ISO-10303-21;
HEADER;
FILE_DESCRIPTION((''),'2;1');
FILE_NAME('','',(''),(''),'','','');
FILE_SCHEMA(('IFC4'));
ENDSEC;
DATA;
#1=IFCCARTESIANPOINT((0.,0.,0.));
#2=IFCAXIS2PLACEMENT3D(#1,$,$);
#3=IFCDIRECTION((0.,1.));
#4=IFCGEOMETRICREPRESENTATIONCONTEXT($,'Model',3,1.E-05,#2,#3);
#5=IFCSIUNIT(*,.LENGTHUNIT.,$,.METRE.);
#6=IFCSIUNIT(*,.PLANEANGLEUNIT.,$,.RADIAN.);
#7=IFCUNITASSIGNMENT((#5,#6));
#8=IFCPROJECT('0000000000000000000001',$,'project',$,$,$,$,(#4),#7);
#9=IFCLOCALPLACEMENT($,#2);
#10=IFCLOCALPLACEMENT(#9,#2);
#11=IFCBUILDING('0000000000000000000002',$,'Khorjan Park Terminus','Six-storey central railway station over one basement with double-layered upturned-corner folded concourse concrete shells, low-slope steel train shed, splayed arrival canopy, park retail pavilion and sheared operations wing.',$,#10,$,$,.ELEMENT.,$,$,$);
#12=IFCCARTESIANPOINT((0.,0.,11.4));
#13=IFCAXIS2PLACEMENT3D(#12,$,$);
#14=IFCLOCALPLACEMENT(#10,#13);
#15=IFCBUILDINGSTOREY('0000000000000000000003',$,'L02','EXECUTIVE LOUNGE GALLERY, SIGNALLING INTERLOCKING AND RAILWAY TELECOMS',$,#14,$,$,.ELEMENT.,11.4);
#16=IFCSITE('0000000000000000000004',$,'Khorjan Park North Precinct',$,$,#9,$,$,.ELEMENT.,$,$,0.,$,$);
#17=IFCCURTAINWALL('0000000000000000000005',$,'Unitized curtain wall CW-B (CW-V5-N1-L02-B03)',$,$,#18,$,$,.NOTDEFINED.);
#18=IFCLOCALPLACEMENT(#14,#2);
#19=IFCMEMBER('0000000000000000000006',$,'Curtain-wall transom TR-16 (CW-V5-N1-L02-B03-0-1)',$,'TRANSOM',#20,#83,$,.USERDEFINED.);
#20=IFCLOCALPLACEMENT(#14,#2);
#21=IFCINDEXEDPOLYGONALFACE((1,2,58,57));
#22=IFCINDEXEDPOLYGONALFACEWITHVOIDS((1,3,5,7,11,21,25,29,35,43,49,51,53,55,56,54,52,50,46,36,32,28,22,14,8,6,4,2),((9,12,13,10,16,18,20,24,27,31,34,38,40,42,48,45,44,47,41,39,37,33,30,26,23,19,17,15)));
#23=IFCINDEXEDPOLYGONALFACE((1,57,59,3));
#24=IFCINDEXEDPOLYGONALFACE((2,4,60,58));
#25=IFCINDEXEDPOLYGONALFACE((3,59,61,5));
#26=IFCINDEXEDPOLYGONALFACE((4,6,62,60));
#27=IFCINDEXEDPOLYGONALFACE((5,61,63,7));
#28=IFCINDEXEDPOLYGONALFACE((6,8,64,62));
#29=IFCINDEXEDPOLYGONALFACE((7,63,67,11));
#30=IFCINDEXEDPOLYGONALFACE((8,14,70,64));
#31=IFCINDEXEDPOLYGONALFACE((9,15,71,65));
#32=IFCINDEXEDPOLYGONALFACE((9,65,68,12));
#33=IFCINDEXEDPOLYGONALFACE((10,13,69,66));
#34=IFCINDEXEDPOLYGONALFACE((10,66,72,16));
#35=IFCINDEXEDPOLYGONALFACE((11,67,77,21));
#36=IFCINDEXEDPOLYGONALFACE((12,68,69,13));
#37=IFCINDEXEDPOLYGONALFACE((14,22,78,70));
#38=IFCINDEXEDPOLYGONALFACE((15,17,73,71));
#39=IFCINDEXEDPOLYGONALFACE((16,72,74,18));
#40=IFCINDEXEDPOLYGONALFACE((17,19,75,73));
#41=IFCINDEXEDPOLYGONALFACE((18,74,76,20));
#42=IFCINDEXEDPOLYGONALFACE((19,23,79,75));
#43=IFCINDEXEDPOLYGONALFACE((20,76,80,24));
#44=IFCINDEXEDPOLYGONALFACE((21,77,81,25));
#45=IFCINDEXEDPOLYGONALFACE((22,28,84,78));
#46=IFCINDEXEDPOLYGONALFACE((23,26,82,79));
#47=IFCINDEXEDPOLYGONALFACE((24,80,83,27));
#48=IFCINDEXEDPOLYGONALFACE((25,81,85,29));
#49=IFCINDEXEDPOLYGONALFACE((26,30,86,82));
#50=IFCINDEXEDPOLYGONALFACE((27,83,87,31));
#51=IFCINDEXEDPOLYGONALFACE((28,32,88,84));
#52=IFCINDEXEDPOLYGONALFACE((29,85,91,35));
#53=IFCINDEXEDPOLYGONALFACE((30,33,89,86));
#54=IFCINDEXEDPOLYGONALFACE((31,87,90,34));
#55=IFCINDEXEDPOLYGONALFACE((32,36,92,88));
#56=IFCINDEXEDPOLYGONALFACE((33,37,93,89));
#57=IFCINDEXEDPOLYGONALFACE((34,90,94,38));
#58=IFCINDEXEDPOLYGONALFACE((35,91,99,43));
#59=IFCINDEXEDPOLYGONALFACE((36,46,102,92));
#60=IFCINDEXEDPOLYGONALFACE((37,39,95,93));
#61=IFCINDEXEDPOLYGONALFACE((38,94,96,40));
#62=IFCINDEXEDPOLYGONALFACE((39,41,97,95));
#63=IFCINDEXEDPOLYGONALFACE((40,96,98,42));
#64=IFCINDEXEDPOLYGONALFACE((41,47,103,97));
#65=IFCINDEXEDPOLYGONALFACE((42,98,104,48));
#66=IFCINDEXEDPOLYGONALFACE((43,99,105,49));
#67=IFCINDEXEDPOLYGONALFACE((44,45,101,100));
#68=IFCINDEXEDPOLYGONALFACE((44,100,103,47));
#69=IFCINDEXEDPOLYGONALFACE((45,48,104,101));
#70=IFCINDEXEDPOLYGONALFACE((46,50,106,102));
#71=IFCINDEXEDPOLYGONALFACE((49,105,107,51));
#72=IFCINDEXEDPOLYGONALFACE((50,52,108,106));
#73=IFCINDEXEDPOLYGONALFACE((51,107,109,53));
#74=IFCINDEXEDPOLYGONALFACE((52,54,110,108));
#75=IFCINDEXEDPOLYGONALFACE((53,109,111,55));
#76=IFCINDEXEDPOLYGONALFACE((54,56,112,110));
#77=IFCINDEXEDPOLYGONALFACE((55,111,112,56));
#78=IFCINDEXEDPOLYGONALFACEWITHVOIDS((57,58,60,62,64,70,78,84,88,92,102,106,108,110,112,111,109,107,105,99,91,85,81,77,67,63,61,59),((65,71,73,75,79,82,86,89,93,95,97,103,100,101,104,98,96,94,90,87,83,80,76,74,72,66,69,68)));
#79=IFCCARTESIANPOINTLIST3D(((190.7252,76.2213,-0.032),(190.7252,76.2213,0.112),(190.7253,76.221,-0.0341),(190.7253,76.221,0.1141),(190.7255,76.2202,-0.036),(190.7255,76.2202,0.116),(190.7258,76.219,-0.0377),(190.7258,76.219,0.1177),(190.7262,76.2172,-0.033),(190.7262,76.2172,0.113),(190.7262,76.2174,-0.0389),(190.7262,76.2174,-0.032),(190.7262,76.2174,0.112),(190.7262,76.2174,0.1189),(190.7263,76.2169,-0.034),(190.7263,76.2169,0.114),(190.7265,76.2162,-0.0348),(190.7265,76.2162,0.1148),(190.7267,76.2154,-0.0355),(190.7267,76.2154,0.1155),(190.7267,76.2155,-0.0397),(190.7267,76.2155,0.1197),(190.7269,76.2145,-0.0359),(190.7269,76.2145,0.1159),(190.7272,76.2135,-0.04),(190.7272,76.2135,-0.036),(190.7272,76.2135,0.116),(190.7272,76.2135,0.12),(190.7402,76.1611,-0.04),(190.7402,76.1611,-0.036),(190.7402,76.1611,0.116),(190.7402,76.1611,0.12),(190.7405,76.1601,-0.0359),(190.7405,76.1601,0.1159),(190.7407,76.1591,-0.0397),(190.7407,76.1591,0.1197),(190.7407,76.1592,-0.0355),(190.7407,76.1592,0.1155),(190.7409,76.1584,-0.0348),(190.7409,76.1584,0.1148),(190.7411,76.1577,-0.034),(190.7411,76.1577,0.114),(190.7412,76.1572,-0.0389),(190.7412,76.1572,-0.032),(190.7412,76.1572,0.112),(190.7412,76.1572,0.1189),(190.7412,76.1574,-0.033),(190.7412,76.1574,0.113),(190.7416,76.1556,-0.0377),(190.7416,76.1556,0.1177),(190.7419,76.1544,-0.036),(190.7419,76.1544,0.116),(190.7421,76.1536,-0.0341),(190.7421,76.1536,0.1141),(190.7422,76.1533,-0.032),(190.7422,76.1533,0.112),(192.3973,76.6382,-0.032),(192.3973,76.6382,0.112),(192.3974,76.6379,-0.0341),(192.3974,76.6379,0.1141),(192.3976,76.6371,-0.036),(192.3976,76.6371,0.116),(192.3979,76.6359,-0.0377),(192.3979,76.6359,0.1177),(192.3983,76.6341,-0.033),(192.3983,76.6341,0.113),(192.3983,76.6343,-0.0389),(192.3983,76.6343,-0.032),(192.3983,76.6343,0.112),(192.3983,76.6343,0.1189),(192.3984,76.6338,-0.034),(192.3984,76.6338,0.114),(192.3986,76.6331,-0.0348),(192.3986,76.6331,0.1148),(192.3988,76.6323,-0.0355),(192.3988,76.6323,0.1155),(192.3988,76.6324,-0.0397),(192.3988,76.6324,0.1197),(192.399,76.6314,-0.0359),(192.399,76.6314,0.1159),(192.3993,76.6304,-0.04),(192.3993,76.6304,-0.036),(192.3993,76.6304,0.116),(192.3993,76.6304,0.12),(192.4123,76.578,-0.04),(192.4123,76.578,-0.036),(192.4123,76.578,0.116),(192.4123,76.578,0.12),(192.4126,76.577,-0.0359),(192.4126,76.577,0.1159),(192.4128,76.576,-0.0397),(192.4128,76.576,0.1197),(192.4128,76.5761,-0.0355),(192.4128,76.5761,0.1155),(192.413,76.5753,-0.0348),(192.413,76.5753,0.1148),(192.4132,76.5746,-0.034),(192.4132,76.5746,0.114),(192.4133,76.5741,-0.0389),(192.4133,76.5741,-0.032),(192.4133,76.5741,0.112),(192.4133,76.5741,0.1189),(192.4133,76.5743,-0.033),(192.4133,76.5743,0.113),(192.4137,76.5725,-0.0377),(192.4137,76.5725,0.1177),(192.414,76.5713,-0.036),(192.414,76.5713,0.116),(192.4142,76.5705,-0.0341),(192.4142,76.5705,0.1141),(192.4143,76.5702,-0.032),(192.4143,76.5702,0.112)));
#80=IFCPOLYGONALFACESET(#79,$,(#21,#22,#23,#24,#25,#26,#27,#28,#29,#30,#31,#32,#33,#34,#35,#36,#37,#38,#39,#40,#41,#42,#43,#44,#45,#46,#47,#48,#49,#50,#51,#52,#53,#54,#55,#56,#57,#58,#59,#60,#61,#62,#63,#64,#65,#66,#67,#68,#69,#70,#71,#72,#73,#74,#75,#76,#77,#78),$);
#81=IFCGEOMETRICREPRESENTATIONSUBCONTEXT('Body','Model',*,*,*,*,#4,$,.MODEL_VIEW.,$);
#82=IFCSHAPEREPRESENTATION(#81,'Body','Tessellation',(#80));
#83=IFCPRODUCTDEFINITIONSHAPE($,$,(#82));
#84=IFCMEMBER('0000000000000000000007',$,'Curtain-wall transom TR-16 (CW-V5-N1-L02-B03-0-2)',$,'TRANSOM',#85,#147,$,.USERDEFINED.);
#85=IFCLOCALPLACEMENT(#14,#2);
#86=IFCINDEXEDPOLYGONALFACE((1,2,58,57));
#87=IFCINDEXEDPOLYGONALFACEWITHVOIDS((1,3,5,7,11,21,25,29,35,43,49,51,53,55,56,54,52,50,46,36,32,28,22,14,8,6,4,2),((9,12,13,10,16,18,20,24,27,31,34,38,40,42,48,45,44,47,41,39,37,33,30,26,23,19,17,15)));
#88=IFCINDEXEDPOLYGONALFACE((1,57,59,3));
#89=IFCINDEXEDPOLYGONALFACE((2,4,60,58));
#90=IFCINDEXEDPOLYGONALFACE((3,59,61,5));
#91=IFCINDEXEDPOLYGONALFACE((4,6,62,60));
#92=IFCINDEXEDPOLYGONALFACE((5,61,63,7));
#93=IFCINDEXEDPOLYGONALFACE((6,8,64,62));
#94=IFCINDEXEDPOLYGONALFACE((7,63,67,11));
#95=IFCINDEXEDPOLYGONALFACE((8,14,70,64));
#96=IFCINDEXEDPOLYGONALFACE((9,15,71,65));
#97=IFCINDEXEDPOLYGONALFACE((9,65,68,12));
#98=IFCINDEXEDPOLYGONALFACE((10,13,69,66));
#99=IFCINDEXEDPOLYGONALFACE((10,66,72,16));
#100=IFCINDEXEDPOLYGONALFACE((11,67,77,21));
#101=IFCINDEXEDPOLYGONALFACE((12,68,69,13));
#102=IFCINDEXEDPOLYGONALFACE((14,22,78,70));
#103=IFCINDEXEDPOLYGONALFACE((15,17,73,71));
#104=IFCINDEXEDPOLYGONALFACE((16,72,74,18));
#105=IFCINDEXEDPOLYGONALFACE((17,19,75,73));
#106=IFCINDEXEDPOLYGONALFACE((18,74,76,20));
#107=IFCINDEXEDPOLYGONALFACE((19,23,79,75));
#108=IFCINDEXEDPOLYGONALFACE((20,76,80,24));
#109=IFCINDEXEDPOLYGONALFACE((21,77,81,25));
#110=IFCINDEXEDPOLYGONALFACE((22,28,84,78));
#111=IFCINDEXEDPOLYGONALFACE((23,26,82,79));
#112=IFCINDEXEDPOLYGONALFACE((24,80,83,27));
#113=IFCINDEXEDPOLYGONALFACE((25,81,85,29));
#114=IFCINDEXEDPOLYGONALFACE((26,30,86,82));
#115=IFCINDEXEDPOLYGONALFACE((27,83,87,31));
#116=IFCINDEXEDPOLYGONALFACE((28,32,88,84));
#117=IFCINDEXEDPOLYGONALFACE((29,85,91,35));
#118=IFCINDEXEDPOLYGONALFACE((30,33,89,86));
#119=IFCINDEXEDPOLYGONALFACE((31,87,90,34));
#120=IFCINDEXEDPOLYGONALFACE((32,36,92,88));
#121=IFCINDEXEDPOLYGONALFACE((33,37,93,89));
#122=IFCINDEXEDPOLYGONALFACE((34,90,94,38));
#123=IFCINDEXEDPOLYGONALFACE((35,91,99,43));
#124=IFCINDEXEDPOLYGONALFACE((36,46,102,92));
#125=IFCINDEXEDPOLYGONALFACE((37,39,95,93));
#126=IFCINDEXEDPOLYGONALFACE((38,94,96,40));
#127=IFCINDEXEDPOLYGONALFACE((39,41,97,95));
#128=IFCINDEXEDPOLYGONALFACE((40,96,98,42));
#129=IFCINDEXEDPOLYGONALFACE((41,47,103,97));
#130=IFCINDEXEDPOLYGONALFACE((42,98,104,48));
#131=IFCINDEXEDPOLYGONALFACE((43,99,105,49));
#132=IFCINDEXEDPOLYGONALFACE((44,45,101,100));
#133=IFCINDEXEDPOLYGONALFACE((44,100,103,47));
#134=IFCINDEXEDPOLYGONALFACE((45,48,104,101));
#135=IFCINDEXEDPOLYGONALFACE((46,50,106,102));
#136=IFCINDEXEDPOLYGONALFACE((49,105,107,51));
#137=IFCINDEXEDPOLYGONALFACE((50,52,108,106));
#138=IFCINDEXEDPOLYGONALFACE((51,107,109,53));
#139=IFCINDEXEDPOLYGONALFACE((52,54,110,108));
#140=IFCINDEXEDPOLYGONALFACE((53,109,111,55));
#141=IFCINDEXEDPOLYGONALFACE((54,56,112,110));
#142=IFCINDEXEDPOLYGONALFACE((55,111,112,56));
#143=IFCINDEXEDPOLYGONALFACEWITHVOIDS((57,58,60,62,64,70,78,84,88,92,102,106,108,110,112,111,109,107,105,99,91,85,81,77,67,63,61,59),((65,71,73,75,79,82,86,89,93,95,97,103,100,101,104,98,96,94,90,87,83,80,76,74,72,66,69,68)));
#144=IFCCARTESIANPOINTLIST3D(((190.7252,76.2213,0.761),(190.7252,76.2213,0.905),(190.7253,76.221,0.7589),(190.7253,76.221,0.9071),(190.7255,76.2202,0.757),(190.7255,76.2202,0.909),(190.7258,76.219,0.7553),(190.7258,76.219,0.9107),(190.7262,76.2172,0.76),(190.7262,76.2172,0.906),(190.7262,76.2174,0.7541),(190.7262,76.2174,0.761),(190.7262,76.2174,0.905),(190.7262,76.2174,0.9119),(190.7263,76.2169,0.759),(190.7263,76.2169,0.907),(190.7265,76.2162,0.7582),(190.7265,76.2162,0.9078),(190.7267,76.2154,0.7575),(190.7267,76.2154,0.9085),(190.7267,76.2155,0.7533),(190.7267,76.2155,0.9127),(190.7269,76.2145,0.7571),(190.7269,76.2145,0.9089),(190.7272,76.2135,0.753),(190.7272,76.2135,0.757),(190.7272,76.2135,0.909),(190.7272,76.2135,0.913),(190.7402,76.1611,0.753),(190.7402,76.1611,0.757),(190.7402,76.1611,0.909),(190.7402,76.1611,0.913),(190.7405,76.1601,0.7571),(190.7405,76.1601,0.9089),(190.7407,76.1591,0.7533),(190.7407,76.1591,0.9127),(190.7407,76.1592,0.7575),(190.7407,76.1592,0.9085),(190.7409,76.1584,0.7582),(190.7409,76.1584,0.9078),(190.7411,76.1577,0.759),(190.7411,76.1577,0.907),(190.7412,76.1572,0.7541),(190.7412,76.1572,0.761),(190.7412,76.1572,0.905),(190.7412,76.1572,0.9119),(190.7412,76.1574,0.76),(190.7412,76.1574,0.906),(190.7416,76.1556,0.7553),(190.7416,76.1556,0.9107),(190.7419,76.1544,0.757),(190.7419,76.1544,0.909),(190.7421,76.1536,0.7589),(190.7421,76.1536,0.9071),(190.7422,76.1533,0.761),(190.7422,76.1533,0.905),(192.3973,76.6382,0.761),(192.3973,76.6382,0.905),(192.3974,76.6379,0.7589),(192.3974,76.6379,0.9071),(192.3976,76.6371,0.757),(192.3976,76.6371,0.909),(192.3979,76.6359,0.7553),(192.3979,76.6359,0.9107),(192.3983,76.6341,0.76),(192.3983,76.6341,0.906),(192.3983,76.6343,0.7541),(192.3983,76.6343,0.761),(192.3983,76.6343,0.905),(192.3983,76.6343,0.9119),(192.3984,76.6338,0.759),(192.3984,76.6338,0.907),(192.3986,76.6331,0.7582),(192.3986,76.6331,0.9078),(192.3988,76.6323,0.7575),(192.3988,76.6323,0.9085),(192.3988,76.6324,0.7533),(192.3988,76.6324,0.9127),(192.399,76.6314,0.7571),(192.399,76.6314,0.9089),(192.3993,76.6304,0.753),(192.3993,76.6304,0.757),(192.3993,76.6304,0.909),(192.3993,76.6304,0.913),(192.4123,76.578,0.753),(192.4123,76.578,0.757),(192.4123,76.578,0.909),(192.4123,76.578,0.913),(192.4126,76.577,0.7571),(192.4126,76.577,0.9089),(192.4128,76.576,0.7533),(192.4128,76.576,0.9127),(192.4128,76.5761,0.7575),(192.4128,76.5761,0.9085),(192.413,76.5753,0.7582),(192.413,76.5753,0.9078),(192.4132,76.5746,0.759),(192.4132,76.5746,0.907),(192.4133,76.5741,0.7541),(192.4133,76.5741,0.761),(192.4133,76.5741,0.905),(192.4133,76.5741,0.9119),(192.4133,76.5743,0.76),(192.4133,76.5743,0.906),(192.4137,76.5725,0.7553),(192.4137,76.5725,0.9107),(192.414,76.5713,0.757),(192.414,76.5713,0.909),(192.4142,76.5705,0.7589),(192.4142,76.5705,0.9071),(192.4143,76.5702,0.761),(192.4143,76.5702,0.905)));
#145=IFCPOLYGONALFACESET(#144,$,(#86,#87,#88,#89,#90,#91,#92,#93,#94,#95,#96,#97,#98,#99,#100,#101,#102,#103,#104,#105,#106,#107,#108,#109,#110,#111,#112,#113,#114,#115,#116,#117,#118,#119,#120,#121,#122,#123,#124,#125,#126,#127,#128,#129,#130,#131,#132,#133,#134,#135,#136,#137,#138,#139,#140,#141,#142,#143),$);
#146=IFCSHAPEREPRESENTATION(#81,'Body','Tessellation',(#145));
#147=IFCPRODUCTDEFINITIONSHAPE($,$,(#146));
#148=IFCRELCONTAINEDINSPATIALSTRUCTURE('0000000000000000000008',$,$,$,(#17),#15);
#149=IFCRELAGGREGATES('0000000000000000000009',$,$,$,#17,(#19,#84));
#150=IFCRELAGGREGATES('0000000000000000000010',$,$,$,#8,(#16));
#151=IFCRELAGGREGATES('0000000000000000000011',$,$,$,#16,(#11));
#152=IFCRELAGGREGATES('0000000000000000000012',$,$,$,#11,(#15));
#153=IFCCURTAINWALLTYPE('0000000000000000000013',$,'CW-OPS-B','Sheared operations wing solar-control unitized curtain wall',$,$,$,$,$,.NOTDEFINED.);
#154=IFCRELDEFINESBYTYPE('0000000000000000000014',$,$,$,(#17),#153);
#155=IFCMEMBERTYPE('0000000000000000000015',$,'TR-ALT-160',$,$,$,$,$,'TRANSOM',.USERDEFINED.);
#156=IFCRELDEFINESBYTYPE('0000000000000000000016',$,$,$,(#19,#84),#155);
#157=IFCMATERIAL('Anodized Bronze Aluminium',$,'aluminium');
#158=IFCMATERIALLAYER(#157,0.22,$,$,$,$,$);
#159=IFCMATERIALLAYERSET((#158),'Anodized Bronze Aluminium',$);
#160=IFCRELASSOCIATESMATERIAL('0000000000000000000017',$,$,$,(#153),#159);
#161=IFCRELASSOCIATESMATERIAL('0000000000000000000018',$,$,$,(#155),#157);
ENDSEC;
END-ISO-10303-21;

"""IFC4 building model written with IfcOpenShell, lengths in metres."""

from ifc_helpers import new_model, si_unit, direction, frame, origin, origin_2d, place, context, subcontext, project, spatial, hollow_rectangle, extrude, material, layer, layer_set, material_profile, profile_set, type_object, element, aggregate, save


model = new_model("IFC4")

# Units and contexts
model_context = context("Model", 3, precision=1e-05, world=origin(), true_north=direction((0.0, 1.0)))
body_context = subcontext(model_context, "Body", "Model", "MODEL_VIEW")
ifc_project = project(units=[si_unit("LENGTHUNIT", "METRE"), si_unit("PLANEANGLEUNIT", "RADIAN")], contexts=[model_context])

# Site, building, storey
site_placement = place(None, origin())
site = spatial("IfcSite", under=ifc_project, at=site_placement, Name="Khorjan Park North Precinct", CompositionType="ELEMENT", RefElevation=0.0)
building_placement = place(site_placement, origin())
building = spatial("IfcBuilding", under=site, at=building_placement, Name="Khorjan Park Terminus", Description="Six-storey central railway station over one basement with double-layered upturned-corner folded concourse concrete shells, low-slope steel train shed, splayed arrival canopy, park retail pavilion and sheared operations wing.", CompositionType="ELEMENT")
storey_placement = place(building_placement, frame((0.0, 0.0, 11.4)))
storey = spatial("IfcBuildingStorey", under=building, at=storey_placement, Name="L02", Description="EXECUTIVE LOUNGE GALLERY, SIGNALLING INTERLOCKING AND RAILWAY TELECOMS", CompositionType="ELEMENT", Elevation=11.4)

# Curtain wall, members
ifc_material_1 = material(Name="Anodized Bronze Aluminium", Category="aluminium")
ifc_layer_1 = layer(ifc_material_1, 0.22)
ifc_layer_set_1 = layer_set([ifc_layer_1], Name="Anodized Bronze Aluminium")
curtain_wall_type = type_object("IfcCurtainWallType", Name="CW-OPS-B", Description="Sheared operations wing solar-control unitized curtain wall", PredefinedType="NOTDEFINED", material=ifc_layer_set_1)
curtain_wall_placement = place(storey_placement, origin())
curtain_wall = element("IfcCurtainWall", 1, at=curtain_wall_placement, inside=storey, type_object=curtain_wall_type, Name="Unitized curtain wall CW-B (CW-V5-N1-L02-B03)", PredefinedType="NOTDEFINED")
ifc_material_profile_1 = material_profile(ifc_material_1, hollow_rectangle(XDim=0.07, YDim=0.16, WallThickness=0.004, InnerFilletRadius=0.004, OuterFilletRadius=0.008, at=origin_2d()), Name="ALT 70x160x4")
ifc_profile_set_1 = profile_set([ifc_material_profile_1], Name="Anodized Bronze Aluminium")
member_type_1 = type_object("IfcMemberType", Name="TR-ALT-160", ElementType="TRANSOM", PredefinedType="USERDEFINED", material=ifc_profile_set_1)
member_1_placement = place(storey_placement, frame((192.4058, 76.6042, 0.04), z_axis=(-0.970296, -0.241921, 0.0), x_axis=(0.241921, -0.970296, 0.0)))
member_1 = element("IfcMember", 2, at=member_1_placement, type_object=member_type_1, Name="Curtain-wall transom TR-16 (CW-V5-N1-L02-B03-0-1)", ObjectType="TRANSOM", PredefinedType="USERDEFINED", context=body_context, shape_type="SweptSolid", body=[
    extrude(hollow_rectangle(XDim=0.07, YDim=0.16, WallThickness=0.004, InnerFilletRadius=0.004, OuterFilletRadius=0.008, at=origin_2d()), origin(), (0.0, 0.0, 1.0), 1.7233),
])
member_2_placement = place(storey_placement, frame((192.4058, 76.6042, 0.833), z_axis=(-0.970296, -0.241921, 0.0), x_axis=(0.241921, -0.970296, 0.0)))
member_2 = element("IfcMember", 3, at=member_2_placement, type_object=member_type_1, Name="Curtain-wall transom TR-16 (CW-V5-N1-L02-B03-0-2)", ObjectType="TRANSOM", PredefinedType="USERDEFINED", context=body_context, shape_type="SweptSolid", body=[
    extrude(hollow_rectangle(XDim=0.07, YDim=0.16, WallThickness=0.004, InnerFilletRadius=0.004, OuterFilletRadius=0.008, at=origin_2d()), origin(), (0.0, 0.0, 1.0), 1.7233),
])
aggregate(curtain_wall, [member_1, member_2])

save(model, "model.ifc")
